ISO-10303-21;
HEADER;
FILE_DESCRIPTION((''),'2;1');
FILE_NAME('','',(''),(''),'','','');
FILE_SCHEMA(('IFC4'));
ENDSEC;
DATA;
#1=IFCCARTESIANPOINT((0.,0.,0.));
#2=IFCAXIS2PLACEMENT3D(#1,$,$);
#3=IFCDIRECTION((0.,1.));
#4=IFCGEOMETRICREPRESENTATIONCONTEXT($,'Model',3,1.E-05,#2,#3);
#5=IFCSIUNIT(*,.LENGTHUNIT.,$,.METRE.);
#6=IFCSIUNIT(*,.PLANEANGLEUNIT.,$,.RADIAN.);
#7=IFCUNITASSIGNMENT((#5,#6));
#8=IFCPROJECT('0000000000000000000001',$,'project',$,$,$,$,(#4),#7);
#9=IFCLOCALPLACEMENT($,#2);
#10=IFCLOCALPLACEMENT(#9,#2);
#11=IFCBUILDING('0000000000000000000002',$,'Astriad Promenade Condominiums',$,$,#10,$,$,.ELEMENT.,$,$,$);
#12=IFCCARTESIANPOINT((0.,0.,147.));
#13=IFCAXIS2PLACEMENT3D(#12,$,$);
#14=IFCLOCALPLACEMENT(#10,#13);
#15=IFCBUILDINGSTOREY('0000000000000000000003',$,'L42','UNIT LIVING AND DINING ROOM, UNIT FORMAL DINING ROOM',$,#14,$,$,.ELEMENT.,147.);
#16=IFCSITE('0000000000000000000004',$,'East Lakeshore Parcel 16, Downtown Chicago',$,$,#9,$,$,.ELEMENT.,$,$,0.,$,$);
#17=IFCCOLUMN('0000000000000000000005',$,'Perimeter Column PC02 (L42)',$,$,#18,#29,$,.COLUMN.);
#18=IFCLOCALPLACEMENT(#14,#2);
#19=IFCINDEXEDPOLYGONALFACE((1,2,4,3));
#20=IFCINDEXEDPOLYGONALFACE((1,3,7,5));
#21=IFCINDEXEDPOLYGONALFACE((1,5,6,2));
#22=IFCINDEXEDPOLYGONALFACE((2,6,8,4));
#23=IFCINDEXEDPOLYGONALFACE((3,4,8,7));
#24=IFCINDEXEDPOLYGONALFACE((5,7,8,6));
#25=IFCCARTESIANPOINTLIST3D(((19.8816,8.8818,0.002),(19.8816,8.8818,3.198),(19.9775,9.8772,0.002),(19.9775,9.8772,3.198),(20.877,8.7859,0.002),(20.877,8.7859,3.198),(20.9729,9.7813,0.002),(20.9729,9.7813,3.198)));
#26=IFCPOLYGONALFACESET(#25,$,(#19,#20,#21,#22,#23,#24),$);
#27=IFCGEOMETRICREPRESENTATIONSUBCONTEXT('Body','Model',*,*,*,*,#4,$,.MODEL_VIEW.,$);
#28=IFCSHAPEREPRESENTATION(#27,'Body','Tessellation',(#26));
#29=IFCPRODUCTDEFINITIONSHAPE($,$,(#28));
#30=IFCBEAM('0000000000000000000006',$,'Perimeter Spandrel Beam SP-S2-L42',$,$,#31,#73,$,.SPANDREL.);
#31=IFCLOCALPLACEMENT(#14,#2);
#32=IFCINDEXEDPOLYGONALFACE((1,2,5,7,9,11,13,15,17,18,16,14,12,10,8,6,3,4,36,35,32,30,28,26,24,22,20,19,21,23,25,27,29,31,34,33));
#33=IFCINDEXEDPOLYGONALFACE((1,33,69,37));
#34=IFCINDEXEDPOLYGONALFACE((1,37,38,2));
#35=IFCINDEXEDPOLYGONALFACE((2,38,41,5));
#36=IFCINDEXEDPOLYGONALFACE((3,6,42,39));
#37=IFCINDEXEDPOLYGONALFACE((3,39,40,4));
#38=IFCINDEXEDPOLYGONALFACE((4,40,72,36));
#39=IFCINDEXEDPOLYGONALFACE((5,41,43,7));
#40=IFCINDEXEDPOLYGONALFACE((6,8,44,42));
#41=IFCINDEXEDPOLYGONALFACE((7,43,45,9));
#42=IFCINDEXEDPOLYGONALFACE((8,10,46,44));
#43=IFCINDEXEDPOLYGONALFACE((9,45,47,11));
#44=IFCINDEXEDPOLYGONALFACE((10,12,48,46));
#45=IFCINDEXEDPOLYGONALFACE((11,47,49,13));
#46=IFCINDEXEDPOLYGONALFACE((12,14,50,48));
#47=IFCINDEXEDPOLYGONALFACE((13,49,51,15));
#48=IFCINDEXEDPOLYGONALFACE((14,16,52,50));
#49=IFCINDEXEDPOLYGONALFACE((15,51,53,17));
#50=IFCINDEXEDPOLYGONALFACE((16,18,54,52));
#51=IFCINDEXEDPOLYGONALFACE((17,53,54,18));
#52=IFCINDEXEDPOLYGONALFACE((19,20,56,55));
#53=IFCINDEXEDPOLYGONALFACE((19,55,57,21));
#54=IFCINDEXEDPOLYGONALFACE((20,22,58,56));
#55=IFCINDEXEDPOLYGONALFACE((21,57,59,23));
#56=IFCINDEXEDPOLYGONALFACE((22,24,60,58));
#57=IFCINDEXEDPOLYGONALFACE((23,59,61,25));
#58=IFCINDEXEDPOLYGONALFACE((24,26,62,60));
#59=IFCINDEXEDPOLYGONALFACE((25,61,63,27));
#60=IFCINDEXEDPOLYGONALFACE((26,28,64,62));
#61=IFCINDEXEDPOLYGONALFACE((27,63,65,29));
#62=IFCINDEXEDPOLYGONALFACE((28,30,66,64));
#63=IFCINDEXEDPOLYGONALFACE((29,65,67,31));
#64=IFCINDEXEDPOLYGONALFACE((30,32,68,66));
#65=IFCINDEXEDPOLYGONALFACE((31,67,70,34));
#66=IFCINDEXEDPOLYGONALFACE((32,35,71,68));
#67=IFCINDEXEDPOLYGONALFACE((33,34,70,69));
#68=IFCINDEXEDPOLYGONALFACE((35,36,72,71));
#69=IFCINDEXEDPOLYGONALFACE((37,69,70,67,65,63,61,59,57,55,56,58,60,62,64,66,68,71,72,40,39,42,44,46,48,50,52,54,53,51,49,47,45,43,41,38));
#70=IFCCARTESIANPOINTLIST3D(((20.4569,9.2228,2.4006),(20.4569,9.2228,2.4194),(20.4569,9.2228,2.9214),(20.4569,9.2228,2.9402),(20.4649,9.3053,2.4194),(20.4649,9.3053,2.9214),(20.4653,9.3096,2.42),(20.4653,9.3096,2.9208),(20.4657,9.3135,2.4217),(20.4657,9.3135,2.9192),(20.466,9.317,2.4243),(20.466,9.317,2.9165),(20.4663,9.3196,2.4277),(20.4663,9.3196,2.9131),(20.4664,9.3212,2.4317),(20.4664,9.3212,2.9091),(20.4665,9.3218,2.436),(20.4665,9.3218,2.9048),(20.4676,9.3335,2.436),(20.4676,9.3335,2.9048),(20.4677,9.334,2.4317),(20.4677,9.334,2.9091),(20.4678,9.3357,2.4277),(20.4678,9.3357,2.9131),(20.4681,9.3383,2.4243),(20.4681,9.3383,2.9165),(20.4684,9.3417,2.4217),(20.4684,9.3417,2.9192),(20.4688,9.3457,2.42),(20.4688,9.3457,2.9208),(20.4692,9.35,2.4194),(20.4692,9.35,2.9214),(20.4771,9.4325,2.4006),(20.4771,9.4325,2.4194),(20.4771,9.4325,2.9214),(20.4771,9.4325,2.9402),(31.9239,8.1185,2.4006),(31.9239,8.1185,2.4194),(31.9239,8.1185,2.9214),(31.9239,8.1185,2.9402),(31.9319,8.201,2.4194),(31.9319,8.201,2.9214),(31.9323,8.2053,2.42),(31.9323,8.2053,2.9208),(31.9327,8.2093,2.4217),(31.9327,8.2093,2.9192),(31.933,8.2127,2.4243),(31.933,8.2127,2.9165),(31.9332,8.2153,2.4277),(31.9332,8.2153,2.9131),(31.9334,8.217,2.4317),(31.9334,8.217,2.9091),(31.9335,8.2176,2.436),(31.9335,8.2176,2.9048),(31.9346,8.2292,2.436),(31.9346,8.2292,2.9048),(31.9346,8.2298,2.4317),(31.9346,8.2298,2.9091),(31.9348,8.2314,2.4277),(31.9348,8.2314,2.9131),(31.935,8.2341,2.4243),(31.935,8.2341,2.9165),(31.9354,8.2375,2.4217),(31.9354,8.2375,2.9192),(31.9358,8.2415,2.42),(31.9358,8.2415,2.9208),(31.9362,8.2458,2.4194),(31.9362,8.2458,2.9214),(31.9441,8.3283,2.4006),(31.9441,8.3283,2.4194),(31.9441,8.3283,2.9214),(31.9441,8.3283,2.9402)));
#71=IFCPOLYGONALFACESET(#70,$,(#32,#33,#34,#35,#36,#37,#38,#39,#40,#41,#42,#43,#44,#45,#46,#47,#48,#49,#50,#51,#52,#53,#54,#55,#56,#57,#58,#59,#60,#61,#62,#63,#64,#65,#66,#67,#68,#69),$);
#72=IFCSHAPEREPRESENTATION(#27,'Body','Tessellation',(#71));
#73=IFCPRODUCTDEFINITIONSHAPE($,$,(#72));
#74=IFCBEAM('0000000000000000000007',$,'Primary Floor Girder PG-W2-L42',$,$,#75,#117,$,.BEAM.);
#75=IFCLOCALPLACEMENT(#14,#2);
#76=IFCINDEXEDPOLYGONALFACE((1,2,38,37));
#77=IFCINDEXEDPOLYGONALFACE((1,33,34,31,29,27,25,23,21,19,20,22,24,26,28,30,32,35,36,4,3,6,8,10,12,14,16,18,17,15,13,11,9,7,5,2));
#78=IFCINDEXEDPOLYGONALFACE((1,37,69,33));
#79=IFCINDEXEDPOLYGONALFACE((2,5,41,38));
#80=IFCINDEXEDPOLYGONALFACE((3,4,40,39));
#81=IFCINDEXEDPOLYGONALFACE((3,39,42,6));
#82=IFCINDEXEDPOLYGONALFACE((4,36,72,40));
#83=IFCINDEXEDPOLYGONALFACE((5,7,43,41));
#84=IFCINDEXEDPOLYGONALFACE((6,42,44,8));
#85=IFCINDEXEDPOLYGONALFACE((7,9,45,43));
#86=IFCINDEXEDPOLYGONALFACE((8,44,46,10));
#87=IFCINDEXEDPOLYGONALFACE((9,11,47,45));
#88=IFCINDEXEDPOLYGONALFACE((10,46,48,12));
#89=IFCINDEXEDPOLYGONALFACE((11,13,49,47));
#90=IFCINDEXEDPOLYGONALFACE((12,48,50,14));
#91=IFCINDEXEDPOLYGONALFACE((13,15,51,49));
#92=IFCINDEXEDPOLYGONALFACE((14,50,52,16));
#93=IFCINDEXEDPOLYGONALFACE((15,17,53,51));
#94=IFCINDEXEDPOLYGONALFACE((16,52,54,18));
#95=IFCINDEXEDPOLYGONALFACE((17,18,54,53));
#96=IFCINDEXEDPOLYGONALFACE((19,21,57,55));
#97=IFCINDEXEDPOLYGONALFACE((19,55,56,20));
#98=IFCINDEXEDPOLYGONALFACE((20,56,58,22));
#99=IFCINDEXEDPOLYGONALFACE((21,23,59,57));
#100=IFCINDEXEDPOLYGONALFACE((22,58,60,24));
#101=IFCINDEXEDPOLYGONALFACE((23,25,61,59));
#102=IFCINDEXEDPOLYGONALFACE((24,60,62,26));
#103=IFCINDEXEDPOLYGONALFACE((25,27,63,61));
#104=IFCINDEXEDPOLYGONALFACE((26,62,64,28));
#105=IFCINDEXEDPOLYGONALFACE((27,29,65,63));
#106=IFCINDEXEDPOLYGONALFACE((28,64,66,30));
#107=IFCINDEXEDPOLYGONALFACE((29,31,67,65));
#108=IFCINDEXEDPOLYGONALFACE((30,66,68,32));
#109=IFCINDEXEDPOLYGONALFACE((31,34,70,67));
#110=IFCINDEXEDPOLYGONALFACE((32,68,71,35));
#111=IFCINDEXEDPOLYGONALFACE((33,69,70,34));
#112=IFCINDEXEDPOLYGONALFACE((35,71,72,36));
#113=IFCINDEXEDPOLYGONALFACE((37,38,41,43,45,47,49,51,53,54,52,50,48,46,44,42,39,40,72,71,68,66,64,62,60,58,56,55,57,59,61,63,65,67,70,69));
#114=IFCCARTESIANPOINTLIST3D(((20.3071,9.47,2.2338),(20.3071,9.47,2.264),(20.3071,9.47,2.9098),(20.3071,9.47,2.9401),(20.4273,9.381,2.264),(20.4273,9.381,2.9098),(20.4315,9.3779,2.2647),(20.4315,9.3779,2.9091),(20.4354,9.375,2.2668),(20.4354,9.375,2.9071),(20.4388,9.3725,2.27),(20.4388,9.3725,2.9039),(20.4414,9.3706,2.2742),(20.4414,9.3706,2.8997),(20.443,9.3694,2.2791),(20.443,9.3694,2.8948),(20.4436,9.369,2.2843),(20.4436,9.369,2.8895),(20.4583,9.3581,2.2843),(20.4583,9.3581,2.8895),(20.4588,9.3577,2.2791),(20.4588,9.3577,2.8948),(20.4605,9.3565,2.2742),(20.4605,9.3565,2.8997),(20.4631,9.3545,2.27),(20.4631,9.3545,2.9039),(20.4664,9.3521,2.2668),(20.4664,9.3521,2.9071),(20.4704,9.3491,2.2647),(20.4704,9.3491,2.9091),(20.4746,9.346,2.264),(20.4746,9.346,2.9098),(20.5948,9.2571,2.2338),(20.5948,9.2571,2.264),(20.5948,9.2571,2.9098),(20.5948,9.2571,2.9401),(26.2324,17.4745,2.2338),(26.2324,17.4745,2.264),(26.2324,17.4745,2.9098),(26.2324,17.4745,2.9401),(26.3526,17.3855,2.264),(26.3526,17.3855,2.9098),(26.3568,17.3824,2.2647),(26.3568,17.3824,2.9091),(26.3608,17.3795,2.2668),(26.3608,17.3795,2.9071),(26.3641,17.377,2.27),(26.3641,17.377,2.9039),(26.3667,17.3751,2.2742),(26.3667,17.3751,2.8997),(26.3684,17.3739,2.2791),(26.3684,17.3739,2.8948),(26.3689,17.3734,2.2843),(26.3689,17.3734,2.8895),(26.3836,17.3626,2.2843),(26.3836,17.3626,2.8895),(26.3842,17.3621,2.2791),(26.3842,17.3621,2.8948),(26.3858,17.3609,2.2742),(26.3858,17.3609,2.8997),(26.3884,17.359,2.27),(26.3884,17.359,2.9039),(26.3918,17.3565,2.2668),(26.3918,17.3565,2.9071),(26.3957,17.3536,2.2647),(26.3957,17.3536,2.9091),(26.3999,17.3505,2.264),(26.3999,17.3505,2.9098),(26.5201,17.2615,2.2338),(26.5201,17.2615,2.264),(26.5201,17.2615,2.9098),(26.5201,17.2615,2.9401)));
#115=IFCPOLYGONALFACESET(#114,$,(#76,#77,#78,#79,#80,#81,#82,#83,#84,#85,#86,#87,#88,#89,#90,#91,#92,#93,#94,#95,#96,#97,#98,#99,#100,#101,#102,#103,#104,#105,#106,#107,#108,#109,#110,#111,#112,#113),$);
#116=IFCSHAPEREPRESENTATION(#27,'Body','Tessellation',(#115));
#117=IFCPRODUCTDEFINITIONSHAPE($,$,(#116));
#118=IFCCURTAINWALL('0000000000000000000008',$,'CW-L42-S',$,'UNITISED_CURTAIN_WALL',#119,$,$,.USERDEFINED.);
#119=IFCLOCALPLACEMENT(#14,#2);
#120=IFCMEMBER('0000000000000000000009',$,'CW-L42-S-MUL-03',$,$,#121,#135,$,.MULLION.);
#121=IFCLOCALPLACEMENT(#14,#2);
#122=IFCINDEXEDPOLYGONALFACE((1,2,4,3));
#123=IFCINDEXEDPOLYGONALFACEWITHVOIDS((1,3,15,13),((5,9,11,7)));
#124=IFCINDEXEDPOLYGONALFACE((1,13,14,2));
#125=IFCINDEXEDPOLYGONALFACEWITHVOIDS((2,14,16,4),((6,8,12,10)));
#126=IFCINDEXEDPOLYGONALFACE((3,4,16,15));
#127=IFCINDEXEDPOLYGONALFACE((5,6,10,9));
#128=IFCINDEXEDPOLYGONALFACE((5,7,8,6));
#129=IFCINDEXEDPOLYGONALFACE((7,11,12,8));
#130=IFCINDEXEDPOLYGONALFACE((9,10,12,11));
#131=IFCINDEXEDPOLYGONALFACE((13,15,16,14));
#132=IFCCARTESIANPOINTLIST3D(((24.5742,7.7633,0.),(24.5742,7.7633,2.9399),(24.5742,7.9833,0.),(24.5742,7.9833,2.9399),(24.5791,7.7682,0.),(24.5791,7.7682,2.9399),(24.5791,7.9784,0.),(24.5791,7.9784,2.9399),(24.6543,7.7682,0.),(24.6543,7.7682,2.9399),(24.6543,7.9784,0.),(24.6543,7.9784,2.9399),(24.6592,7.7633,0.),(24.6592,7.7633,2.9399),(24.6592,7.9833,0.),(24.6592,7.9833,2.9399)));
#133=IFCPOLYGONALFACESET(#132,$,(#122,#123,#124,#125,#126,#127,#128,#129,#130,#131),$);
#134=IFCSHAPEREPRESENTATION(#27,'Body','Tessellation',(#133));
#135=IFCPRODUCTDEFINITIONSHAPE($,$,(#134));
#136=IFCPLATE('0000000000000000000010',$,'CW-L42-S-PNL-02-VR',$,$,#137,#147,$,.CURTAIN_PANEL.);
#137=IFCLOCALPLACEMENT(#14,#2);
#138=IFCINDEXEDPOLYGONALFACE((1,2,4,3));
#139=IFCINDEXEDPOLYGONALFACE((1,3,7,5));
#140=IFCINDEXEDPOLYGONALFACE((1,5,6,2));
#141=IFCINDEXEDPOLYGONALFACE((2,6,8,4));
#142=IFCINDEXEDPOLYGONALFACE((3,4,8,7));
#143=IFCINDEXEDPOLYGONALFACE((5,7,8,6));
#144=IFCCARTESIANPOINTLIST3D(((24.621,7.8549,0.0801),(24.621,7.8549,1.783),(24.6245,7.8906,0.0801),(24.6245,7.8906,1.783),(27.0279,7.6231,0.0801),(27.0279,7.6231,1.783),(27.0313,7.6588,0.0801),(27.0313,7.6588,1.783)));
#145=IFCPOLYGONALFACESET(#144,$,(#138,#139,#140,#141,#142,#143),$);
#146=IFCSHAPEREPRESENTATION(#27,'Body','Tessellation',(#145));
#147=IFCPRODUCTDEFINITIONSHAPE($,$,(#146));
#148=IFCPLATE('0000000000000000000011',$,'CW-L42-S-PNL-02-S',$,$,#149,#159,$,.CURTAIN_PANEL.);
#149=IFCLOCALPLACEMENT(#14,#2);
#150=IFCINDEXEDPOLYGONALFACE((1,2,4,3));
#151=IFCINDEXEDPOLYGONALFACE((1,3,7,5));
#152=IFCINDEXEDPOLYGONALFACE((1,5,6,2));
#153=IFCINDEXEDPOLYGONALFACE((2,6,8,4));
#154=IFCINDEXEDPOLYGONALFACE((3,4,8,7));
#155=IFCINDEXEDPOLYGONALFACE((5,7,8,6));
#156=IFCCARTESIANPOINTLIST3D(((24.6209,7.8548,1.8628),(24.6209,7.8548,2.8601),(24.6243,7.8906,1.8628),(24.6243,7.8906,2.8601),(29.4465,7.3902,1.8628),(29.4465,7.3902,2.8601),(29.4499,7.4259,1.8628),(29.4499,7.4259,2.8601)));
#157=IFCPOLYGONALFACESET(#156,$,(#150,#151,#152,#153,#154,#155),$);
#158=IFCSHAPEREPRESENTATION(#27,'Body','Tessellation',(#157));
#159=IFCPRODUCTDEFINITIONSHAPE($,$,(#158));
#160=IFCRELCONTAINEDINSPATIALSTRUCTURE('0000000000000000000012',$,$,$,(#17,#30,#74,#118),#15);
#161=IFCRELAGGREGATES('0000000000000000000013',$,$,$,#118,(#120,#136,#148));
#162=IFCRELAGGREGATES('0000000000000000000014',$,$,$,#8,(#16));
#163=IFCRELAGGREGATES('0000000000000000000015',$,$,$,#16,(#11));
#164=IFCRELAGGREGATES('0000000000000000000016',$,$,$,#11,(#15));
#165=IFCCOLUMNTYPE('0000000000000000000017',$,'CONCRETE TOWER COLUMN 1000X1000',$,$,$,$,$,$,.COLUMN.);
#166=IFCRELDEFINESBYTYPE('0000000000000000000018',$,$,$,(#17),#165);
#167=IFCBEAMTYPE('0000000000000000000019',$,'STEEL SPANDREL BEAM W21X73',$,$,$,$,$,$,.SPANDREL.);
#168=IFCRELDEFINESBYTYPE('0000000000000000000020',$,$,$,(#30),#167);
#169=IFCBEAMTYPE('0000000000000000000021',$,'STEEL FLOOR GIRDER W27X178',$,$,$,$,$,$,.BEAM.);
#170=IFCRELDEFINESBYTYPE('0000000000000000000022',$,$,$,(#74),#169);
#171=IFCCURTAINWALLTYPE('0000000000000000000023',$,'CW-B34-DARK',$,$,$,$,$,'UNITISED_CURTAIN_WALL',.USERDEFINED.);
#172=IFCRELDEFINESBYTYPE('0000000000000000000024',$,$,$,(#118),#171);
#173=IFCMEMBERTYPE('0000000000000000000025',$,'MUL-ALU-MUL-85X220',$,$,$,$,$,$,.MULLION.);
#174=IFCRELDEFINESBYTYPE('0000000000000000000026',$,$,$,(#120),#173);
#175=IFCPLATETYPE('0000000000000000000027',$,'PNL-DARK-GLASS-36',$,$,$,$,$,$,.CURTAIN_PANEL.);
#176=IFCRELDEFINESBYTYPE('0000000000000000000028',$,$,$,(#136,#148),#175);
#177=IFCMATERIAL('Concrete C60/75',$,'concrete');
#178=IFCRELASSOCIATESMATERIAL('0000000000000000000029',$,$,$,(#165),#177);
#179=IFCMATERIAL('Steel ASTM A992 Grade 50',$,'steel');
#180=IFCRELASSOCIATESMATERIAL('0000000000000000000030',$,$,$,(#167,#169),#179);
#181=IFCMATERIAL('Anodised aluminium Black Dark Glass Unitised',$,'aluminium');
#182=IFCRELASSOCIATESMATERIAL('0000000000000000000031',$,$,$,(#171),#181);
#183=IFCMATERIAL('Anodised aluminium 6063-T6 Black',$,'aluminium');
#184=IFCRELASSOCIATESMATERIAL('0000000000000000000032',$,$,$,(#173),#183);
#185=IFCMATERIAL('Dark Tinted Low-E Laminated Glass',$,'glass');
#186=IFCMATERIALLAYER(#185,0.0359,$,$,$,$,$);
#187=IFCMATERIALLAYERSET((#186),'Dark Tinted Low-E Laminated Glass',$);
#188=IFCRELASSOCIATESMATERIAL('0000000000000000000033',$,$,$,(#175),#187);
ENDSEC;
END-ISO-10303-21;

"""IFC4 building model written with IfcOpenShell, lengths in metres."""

from ifc_helpers import new_model, si_unit, direction, frame, origin, origin_2d, place, context, subcontext, project, spatial, rectangle, hollow_rectangle, i_section, extrude, source, transform, mapped, material, layer, layer_set, material_profile, profile_set, type_object, type_shapes, element, aggregate, save


model = new_model("IFC4")

# Units and contexts
model_context = context("Model", 3, precision=1e-05, world=origin(), true_north=direction((0.0, 1.0)))
body_context = subcontext(model_context, "Body", "Model", "MODEL_VIEW")
ifc_project = project(units=[si_unit("LENGTHUNIT", "METRE"), si_unit("PLANEANGLEUNIT", "RADIAN")], contexts=[model_context])

# Site, building, storey
site_placement = place(None, origin())
site = spatial("IfcSite", under=ifc_project, at=site_placement, Name="East Lakeshore Parcel 16, Downtown Chicago", CompositionType="ELEMENT", RefElevation=0.0)
building_placement = place(site_placement, origin())
building = spatial("IfcBuilding", under=site, at=building_placement, Name="Astriad Promenade Condominiums", CompositionType="ELEMENT")
storey_placement = place(building_placement, frame((0.0, 0.0, 147.0)))
storey = spatial("IfcBuildingStorey", under=building, at=storey_placement, Name="L42", Description="UNIT LIVING AND DINING ROOM, UNIT FORMAL DINING ROOM", CompositionType="ELEMENT", Elevation=147.0)

# Column
ifc_material_1 = material(Name="Concrete C60/75", Category="concrete")
ifc_material_profile_1 = material_profile(ifc_material_1, rectangle(XDim=1.0, YDim=1.0, at=origin_2d()), Name="RC-COL-1000X1000")
ifc_profile_set_1 = profile_set([ifc_material_profile_1], Name="Concrete C60/75")
column_type = type_object("IfcColumnType", Name="CONCRETE TOWER COLUMN 1000X1000", PredefinedType="COLUMN", material=ifc_profile_set_1)
shared_shape_1 = source(origin(), body_context, "Body", "SweptSolid", [
    extrude(rectangle(XDim=1.0, YDim=1.0, at=origin_2d()), origin(), (0.0, 0.0, 1.0), 3.196),
])
type_shapes(column_type, [shared_shape_1])
column_placement = place(storey_placement, frame((20.4272, 9.3315, 0.002), z_axis=(0.0, 0.0, 1.0), x_axis=(0.995396, -0.095846, 0.0)))
element("IfcColumn", 1, at=column_placement, inside=storey, type_object=column_type, Name="Perimeter Column PC02 (L42)", PredefinedType="COLUMN", context=body_context, shape_type="MappedRepresentation", body=[
    mapped(shared_shape_1, transform((0.0, 0.0, 0.0), scale=1.0)),
])

# Beams
ifc_material_2 = material(Name="Steel ASTM A992 Grade 50", Category="steel")
ifc_material_profile_2 = material_profile(ifc_material_2, i_section(OverallWidth=0.2107, OverallDepth=0.5396, WebThickness=0.0117, FlangeThickness=0.0188, FilletRadius=0.0166, at=origin_2d()), Name="W21X73")
ifc_profile_set_2 = profile_set([ifc_material_profile_2], Name="Steel ASTM A992 Grade 50")
beam_type_1 = type_object("IfcBeamType", Name="STEEL SPANDREL BEAM W21X73", PredefinedType="SPANDREL", material=ifc_profile_set_2)
shared_shape_2 = source(origin(), body_context, "Body", "SweptSolid", [
    extrude(i_section(OverallWidth=0.2107, OverallDepth=0.5396, WebThickness=0.0117, FlangeThickness=0.0188, FilletRadius=0.0166, at=origin_2d()), origin(), (0.0, 0.0, 1.0), 11.52),
])
type_shapes(beam_type_1, [shared_shape_2])
beam_1_placement = place(storey_placement, frame((20.467, 9.3276, 2.6704), z_axis=(0.995395, -0.095854, 0.0), x_axis=(0.095854, 0.995395, 0.0)))
element("IfcBeam", 2, at=beam_1_placement, inside=storey, type_object=beam_type_1, Name="Perimeter Spandrel Beam SP-S2-L42", PredefinedType="SPANDREL", context=body_context, shape_type="MappedRepresentation", body=[
    mapped(shared_shape_2, transform((0.0, 0.0, 0.0), scale=1.0)),
])
ifc_material_profile_3 = material_profile(ifc_material_2, i_section(OverallWidth=0.3579, OverallDepth=0.7063, WebThickness=0.0183, FlangeThickness=0.0303, FilletRadius=0.0203, at=origin_2d()), Name="W27X178")
ifc_profile_set_3 = profile_set([ifc_material_profile_3], Name="Steel ASTM A992 Grade 50")
beam_type_2 = type_object("IfcBeamType", Name="STEEL FLOOR GIRDER W27X178", PredefinedType="BEAM", material=ifc_profile_set_3)
shared_shape_3 = source(origin(), body_context, "Body", "SweptSolid", [
    extrude(i_section(OverallWidth=0.3579, OverallDepth=0.7063, WebThickness=0.0183, FlangeThickness=0.0303, FilletRadius=0.0203, at=origin_2d()), origin(), (0.0, 0.0, 1.0), 9.959),
])
type_shapes(beam_type_2, [shared_shape_3])
beam_2_placement = place(storey_placement, frame((20.4509, 9.3635, 2.5869), z_axis=(0.594975, 0.803744, 0.0), x_axis=(-0.803744, 0.594975, 0.0)))
element("IfcBeam", 3, at=beam_2_placement, inside=storey, type_object=beam_type_2, Name="Primary Floor Girder PG-W2-L42", PredefinedType="BEAM", context=body_context, shape_type="MappedRepresentation", body=[
    mapped(shared_shape_3, transform((0.0, 0.0, 0.0), scale=1.0)),
])

# Curtain wall, member, plates
ifc_material_3 = material(Name="Anodised aluminium Black Dark Glass Unitised", Category="aluminium")
curtain_wall_type = type_object("IfcCurtainWallType", Name="CW-B34-DARK", ElementType="UNITISED_CURTAIN_WALL", PredefinedType="USERDEFINED", material=ifc_material_3)
curtain_wall_placement = place(storey_placement, origin())
curtain_wall = element("IfcCurtainWall", 4, at=curtain_wall_placement, inside=storey, type_object=curtain_wall_type, Name="CW-L42-S", ObjectType="UNITISED_CURTAIN_WALL", PredefinedType="USERDEFINED")
ifc_material_4 = material(Name="Anodised aluminium 6063-T6 Black", Category="aluminium")
ifc_material_profile_4 = material_profile(ifc_material_4, hollow_rectangle(XDim=0.085, YDim=0.22, WallThickness=0.0049, at=origin_2d()), Name="ALU-MUL-85X220")
ifc_profile_set_4 = profile_set([ifc_material_profile_4], Name="Anodised aluminium 6063-T6 Black")
member_type = type_object("IfcMemberType", Name="MUL-ALU-MUL-85X220", PredefinedType="MULLION", material=ifc_profile_set_4)
shared_shape_4 = source(origin(), body_context, "Body", "SweptSolid", [
    extrude(hollow_rectangle(XDim=0.085, YDim=0.22, WallThickness=0.0049, at=origin_2d()), origin(), (0.0, 0.0, 1.0), 2.9399),
])
type_shapes(member_type, [shared_shape_4])
member_placement = place(storey_placement, frame((24.6167, 7.8733, 0.0), z_axis=(0.0, 0.0, 1.0), x_axis=(1.0, 0.0, 0.0)))
member = element("IfcMember", 5, at=member_placement, type_object=member_type, Name="CW-L42-S-MUL-03", PredefinedType="MULLION", context=body_context, shape_type="MappedRepresentation", body=[
    mapped(shared_shape_4, transform((0.0, 0.0, 0.0), scale=1.0)),
])
ifc_material_5 = material(Name="Dark Tinted Low-E Laminated Glass", Category="glass")
ifc_layer_1 = layer(ifc_material_5, 0.0359)
ifc_layer_set_1 = layer_set([ifc_layer_1], Name="Dark Tinted Low-E Laminated Glass")
plate_type = type_object("IfcPlateType", Name="PNL-DARK-GLASS-36", PredefinedType="CURTAIN_PANEL", material=ifc_layer_set_1)
shared_shape_5 = source(origin(), body_context, "Body", "SweptSolid", [
    extrude(rectangle(XDim=2.418, YDim=0.0359, at=origin_2d()), origin(), (0.0, 0.0, 1.0), 1.7029),
])
plate_1_placement = place(storey_placement, frame((25.8262, 7.7568, 0.0801), z_axis=(0.0, 0.0, 1.0), x_axis=(-0.995396, 0.095846, 0.0)))
plate_1 = element("IfcPlate", 6, at=plate_1_placement, type_object=plate_type, Name="CW-L42-S-PNL-02-VR", PredefinedType="CURTAIN_PANEL", context=body_context, shape_type="MappedRepresentation", body=[
    mapped(shared_shape_5, transform((0.0, 0.0, 0.0), scale=1.0)),
])
shared_shape_6 = source(origin(), body_context, "Body", "SweptSolid", [
    extrude(rectangle(XDim=4.8479, YDim=0.0359, at=origin_2d()), origin(), (0.0, 0.0, 1.0), 0.9973),
])
type_shapes(plate_type, [shared_shape_5, shared_shape_6])
plate_2_placement = place(storey_placement, frame((27.0354, 7.6404, 1.8628), z_axis=(0.0, 0.0, 1.0), x_axis=(-0.995396, 0.095846, 0.0)))
plate_2 = element("IfcPlate", 7, at=plate_2_placement, type_object=plate_type, Name="CW-L42-S-PNL-02-S", PredefinedType="CURTAIN_PANEL", context=body_context, shape_type="MappedRepresentation", body=[
    mapped(shared_shape_6, transform((0.0, 0.0, 0.0), scale=1.0)),
])
aggregate(curtain_wall, [member, plate_1, plate_2])

save(model, "model.ifc")
